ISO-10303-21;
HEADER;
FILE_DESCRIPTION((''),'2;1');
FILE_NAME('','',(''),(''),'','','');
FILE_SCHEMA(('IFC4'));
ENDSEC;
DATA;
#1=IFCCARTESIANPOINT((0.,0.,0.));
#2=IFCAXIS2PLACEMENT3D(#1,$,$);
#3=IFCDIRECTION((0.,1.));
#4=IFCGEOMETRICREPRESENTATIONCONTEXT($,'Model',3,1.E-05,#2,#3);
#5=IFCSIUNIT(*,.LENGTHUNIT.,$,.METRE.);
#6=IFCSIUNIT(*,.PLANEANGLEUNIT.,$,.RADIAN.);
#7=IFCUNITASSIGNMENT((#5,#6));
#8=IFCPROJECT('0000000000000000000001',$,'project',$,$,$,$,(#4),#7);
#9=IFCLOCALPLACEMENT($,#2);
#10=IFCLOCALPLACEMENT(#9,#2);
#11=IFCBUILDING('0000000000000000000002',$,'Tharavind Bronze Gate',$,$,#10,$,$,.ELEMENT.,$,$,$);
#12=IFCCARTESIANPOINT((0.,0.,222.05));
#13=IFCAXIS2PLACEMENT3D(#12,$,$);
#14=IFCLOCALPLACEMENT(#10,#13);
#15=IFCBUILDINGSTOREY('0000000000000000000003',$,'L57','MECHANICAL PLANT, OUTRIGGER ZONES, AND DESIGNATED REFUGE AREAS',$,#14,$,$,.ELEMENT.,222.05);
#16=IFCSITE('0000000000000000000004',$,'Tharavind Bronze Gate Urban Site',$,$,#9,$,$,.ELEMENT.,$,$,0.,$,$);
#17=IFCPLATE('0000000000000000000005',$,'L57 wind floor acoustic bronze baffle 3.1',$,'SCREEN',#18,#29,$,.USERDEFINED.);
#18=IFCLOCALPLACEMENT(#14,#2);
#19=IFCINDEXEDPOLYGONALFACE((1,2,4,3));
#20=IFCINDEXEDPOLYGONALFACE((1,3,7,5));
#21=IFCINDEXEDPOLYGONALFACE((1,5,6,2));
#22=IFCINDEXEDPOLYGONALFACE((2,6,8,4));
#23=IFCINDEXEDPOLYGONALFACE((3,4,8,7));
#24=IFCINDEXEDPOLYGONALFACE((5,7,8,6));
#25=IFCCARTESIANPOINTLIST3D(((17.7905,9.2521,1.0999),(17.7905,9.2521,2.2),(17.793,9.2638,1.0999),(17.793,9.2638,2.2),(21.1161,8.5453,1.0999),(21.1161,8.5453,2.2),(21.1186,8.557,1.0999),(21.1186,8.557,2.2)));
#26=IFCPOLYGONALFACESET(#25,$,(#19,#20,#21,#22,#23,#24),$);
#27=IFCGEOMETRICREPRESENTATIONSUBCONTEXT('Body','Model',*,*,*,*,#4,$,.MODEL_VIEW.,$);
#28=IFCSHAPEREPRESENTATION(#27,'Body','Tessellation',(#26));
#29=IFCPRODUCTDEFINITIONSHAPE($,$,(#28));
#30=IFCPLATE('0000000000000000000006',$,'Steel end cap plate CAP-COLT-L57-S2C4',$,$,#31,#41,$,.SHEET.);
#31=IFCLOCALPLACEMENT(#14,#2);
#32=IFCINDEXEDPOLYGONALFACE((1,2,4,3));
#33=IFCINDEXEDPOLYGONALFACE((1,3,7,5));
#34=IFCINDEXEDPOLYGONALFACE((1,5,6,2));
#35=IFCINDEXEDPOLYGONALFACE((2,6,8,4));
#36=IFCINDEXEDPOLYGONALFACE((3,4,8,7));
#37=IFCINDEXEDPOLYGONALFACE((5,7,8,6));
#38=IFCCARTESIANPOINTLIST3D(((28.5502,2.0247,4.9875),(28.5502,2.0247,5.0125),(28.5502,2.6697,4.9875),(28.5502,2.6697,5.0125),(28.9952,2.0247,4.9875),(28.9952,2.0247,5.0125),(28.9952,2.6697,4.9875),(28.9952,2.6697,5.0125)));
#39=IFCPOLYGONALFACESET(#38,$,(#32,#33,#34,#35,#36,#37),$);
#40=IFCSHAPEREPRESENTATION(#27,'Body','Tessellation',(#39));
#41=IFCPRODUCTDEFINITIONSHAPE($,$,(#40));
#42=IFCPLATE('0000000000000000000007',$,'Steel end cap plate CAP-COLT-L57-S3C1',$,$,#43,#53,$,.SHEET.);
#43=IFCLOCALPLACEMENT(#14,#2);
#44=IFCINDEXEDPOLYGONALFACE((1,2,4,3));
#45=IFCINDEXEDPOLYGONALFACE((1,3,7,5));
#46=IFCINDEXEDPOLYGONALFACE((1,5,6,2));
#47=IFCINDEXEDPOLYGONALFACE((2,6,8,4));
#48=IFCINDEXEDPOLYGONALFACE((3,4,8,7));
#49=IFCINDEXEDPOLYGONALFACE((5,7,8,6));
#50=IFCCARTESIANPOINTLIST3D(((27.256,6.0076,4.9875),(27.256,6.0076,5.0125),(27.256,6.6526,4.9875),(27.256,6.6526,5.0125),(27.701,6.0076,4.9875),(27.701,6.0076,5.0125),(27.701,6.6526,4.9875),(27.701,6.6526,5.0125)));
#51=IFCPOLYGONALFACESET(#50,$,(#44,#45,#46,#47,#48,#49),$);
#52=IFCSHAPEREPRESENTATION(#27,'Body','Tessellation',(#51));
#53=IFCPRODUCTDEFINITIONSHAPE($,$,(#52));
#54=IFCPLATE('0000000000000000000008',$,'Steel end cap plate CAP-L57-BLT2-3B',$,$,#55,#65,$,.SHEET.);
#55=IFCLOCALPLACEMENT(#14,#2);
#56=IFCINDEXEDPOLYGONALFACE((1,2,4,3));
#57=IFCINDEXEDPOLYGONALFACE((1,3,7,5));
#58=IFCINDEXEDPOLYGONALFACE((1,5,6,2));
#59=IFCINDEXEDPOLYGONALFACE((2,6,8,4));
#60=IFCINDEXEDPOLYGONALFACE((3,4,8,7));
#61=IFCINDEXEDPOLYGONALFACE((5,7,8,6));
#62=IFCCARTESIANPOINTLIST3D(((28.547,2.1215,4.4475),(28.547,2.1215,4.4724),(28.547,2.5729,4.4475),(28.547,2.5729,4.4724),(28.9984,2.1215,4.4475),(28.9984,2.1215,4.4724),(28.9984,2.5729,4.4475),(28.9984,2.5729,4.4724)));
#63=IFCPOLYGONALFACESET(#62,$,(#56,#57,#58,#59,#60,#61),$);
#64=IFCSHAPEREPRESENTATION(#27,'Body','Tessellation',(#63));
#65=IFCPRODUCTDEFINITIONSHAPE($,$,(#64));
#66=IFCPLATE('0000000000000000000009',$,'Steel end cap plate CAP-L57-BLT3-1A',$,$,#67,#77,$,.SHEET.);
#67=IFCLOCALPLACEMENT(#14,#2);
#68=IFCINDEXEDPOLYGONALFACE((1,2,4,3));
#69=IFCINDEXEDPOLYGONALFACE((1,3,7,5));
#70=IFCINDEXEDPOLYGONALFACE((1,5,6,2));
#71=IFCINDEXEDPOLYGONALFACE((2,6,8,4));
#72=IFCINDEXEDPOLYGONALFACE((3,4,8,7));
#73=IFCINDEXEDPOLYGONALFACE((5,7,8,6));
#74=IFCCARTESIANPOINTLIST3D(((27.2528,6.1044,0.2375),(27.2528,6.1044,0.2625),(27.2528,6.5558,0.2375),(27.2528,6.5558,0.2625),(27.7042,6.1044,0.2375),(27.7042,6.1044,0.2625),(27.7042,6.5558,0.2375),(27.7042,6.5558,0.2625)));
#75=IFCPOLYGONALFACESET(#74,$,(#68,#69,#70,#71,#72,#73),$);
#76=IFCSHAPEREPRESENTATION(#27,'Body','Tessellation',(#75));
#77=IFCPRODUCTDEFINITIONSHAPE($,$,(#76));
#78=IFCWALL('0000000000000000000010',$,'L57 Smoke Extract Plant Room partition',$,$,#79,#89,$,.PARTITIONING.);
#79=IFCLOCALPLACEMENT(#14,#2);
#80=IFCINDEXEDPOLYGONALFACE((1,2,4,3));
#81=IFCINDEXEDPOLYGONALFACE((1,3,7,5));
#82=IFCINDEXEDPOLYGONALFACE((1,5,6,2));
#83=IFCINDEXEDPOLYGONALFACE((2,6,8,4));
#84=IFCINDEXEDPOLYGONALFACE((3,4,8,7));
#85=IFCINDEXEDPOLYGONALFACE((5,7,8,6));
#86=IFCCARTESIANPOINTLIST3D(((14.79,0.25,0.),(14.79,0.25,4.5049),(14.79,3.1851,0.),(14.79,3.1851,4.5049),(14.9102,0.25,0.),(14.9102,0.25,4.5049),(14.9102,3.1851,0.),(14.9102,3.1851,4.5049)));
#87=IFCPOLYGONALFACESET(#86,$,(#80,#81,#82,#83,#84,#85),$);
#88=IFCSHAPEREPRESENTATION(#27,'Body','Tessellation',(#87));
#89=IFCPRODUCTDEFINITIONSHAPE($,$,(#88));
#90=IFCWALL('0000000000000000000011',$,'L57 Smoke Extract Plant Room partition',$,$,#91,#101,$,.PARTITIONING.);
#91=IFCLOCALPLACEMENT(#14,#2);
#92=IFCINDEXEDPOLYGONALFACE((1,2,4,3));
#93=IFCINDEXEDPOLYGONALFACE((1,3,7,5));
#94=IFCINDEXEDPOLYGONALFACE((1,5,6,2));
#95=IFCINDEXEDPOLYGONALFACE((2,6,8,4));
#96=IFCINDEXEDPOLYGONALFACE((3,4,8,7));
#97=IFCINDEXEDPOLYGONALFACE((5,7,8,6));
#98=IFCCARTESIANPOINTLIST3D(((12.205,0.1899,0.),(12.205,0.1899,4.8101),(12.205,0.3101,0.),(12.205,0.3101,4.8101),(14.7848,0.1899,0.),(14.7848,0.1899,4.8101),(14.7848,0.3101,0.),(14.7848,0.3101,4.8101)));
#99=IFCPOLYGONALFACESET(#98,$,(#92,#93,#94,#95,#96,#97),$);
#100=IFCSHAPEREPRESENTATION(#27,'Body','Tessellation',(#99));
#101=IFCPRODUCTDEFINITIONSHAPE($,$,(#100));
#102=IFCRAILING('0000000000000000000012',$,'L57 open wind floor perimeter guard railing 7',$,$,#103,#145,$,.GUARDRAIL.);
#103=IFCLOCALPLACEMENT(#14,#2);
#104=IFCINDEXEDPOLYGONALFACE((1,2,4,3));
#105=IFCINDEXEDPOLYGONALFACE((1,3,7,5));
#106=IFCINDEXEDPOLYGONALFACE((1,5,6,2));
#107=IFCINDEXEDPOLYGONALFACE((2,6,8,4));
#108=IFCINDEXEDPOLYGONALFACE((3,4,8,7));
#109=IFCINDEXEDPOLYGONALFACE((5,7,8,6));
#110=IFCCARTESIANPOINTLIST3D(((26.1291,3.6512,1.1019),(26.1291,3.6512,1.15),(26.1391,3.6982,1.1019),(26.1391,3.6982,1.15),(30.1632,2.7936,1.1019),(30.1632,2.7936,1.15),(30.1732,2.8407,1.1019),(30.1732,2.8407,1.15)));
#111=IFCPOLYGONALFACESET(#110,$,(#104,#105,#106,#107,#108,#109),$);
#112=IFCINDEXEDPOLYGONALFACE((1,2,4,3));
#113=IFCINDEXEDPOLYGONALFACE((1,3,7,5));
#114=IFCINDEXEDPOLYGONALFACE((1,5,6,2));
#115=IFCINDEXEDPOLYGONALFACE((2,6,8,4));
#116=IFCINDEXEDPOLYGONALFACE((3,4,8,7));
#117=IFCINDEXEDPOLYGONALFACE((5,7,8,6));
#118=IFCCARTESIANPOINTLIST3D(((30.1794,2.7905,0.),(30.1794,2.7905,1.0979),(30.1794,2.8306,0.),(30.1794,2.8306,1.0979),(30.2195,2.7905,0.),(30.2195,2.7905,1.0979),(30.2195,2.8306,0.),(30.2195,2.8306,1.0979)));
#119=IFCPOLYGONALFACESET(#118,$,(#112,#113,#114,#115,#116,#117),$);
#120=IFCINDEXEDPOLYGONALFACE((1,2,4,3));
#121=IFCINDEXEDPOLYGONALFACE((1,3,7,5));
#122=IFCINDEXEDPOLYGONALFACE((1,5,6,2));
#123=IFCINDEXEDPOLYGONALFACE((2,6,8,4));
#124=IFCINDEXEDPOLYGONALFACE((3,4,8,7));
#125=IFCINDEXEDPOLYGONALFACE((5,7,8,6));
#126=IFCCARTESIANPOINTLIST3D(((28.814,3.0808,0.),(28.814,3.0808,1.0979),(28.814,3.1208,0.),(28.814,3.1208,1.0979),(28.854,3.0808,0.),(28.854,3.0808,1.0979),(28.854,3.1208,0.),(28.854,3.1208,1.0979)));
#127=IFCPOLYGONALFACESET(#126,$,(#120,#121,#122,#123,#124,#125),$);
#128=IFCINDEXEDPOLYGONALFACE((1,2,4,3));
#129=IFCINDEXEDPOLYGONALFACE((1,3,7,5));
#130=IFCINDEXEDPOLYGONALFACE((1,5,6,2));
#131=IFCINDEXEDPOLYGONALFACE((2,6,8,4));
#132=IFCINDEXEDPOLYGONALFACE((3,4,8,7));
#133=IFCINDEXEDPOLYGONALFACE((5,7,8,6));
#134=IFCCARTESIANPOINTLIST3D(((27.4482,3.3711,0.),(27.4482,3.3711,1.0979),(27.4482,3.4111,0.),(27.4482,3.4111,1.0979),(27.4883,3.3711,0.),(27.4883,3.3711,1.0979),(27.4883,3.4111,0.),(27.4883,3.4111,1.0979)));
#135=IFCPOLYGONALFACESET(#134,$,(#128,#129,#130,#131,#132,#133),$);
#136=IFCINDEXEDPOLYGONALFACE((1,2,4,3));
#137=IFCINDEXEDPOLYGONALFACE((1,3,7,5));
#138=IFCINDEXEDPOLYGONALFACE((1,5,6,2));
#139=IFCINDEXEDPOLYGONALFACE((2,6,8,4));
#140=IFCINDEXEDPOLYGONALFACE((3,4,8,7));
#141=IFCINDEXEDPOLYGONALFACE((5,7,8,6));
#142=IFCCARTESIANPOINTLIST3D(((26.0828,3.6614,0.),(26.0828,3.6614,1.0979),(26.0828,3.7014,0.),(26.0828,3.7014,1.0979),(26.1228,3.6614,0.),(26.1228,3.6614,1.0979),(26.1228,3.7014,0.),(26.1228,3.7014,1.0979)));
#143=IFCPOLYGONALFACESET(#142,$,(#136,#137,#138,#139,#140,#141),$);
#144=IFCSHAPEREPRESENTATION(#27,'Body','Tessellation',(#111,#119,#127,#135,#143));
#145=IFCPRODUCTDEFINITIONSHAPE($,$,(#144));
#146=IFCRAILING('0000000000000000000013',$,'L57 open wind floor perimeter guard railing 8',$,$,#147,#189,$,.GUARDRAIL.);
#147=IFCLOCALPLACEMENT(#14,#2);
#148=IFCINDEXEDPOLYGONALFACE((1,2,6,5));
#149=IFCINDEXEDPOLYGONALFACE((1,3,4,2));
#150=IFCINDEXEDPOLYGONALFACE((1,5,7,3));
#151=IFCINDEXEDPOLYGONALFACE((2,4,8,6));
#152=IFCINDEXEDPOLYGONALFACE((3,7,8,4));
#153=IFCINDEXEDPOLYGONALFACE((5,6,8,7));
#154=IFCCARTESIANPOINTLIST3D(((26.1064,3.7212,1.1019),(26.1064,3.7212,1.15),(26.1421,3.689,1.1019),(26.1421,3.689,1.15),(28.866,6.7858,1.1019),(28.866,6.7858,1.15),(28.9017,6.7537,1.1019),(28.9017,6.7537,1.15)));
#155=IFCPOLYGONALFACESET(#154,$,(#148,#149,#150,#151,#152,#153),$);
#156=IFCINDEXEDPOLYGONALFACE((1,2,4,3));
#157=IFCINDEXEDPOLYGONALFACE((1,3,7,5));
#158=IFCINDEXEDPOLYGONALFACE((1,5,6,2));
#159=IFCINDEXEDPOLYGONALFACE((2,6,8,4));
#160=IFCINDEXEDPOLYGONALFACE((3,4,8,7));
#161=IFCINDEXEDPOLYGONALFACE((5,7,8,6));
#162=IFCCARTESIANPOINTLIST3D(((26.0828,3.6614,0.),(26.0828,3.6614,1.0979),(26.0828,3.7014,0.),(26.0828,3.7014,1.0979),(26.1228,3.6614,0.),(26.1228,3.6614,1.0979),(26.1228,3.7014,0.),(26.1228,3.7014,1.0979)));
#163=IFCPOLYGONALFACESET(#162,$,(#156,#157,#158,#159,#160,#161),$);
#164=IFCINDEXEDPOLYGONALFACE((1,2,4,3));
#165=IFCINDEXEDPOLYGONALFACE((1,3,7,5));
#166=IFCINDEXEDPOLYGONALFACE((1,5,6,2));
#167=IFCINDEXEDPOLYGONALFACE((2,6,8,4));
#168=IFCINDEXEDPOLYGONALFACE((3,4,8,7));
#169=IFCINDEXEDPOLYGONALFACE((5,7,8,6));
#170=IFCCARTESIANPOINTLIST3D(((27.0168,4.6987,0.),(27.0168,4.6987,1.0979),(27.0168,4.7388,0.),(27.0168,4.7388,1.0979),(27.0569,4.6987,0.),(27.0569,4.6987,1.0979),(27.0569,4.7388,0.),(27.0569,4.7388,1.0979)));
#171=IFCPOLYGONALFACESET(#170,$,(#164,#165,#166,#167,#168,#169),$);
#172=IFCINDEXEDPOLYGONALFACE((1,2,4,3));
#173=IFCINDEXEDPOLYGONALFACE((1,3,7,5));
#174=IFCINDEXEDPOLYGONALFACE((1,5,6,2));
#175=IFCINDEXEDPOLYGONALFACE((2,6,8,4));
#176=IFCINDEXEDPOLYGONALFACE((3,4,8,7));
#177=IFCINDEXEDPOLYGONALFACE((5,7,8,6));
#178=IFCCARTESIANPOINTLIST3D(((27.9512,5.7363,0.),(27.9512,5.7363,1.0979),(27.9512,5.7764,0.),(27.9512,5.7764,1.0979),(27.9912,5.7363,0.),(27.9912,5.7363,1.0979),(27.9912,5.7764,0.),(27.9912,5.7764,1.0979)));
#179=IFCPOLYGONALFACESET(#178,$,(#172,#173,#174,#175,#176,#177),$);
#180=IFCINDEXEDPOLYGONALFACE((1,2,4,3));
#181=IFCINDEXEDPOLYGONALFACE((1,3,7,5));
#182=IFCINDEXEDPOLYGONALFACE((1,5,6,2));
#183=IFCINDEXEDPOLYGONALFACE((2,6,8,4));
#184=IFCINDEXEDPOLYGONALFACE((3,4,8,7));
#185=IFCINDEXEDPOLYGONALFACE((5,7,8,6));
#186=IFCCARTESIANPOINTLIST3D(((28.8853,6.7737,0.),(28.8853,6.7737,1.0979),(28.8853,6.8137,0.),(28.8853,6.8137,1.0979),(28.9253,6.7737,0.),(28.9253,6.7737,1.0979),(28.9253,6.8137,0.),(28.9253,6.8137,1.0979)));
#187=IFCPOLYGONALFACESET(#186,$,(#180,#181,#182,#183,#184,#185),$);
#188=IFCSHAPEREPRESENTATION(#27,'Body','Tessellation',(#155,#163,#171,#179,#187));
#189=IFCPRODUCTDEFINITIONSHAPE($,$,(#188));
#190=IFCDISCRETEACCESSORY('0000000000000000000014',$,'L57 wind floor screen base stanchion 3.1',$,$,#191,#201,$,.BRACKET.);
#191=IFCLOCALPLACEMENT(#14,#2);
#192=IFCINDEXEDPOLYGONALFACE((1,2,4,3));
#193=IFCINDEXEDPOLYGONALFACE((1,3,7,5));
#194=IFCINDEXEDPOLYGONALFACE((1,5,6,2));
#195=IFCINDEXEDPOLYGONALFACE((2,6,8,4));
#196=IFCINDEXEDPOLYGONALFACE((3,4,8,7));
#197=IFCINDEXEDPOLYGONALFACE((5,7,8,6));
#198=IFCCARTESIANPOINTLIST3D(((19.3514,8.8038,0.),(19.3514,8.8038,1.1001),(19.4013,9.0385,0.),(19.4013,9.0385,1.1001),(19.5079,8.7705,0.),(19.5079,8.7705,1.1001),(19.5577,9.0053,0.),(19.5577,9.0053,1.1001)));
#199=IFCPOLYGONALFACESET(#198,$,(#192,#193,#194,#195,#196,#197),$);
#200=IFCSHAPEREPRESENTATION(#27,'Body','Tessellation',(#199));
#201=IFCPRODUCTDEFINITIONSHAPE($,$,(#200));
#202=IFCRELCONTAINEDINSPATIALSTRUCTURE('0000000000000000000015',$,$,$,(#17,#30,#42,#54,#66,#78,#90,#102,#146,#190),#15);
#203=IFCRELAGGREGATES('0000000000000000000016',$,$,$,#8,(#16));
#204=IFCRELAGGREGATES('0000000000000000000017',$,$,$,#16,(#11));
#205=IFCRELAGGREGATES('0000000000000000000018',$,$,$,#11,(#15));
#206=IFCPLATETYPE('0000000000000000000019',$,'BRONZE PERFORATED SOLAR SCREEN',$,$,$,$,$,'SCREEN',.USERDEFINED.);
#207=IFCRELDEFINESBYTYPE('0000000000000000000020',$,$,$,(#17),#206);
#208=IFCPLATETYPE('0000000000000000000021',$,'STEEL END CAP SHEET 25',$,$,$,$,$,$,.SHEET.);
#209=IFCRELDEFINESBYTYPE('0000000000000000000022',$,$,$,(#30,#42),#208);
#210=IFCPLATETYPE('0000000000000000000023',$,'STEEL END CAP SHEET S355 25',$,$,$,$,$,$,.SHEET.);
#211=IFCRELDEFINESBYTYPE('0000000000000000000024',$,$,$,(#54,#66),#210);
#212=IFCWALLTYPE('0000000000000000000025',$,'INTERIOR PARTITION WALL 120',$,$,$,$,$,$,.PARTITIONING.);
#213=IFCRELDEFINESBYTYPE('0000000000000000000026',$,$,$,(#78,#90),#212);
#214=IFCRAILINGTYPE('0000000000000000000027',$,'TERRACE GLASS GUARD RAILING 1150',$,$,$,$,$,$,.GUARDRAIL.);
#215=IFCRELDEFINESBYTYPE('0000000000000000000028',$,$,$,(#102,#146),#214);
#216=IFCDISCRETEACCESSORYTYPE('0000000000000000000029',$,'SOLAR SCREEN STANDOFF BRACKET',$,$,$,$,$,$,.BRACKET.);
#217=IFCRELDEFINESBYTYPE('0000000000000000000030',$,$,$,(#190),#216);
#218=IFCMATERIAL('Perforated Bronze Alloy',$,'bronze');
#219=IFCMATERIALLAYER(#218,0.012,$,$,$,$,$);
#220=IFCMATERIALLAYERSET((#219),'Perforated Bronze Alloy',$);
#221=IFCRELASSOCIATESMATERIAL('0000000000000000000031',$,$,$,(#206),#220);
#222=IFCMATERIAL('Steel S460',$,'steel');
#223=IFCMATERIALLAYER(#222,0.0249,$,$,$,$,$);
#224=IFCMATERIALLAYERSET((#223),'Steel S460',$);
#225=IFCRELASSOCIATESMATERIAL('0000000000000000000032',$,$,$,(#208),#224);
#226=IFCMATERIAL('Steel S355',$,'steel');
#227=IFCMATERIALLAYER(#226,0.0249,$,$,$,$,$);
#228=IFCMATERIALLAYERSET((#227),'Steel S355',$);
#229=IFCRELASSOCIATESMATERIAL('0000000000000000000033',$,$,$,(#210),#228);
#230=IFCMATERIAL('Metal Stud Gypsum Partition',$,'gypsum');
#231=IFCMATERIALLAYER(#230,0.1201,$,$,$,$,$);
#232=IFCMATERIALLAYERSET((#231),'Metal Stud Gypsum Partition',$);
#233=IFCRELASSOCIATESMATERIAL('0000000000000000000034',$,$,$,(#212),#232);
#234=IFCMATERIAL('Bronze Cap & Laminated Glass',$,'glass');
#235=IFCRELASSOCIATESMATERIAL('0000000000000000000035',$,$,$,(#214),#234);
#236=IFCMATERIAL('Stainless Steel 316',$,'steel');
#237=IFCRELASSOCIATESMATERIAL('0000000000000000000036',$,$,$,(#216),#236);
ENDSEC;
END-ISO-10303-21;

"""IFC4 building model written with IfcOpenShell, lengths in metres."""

from ifc_helpers import new_model, si_unit, direction, frame, frame_2d, origin, origin_2d, place, context, subcontext, project, spatial, rectangle, extrude, material, layer, layer_set, type_object, element, save


model = new_model("IFC4")

# Units and contexts
model_context = context("Model", 3, precision=1e-05, world=origin(), true_north=direction((0.0, 1.0)))
body_context = subcontext(model_context, "Body", "Model", "MODEL_VIEW")
ifc_project = project(units=[si_unit("LENGTHUNIT", "METRE"), si_unit("PLANEANGLEUNIT", "RADIAN")], contexts=[model_context])

# Site, building, storey
site_placement = place(None, origin())
site = spatial("IfcSite", under=ifc_project, at=site_placement, Name="Tharavind Bronze Gate Urban Site", CompositionType="ELEMENT", RefElevation=0.0)
building_placement = place(site_placement, origin())
building = spatial("IfcBuilding", under=site, at=building_placement, Name="Tharavind Bronze Gate", CompositionType="ELEMENT")
storey_placement = place(building_placement, frame((0.0, 0.0, 222.05)))
storey = spatial("IfcBuildingStorey", under=building, at=storey_placement, Name="L57", Description="MECHANICAL PLANT, OUTRIGGER ZONES, AND DESIGNATED REFUGE AREAS", CompositionType="ELEMENT", Elevation=222.05)

# Shared definitions
ifc_material_1 = material(Name="Steel S460", Category="steel")

# Shared definitions
ifc_material_2 = material(Name="Steel S355", Category="steel")

# Plates
ifc_material_3 = material(Name="Perforated Bronze Alloy", Category="bronze")
ifc_layer_1 = layer(ifc_material_3, 0.012)
ifc_layer_set_1 = layer_set([ifc_layer_1], Name="Perforated Bronze Alloy")
plate_type_1 = type_object("IfcPlateType", Name="BRONZE PERFORATED SOLAR SCREEN", ElementType="SCREEN", PredefinedType="USERDEFINED", material=ifc_layer_set_1)
plate_placement = place(storey_placement, frame((19.4546, 8.9045, 1.0999), z_axis=(0.0, 0.0, 1.0), x_axis=(-0.978148, 0.207912, 0.0)))
element("IfcPlate", 1, at=plate_placement, inside=storey, type_object=plate_type_1, Name="L57 wind floor acoustic bronze baffle 3.1", ObjectType="SCREEN", PredefinedType="USERDEFINED", context=body_context, shape_type="SweptSolid", body=[
    extrude(rectangle(XDim=3.3999, YDim=0.012, at=origin_2d()), origin(), (0.0, 0.0, 1.0), 1.1001),
])
ifc_layer_2 = layer(ifc_material_1, 0.0249)
ifc_layer_set_2 = layer_set([ifc_layer_2], Name="Steel S460")
plate_type_2 = type_object("IfcPlateType", Name="STEEL END CAP SHEET 25", PredefinedType="SHEET", material=ifc_layer_set_2)
for number, where, z_axis, x_axis, name in (
    (2, (28.7727, 2.3472, 4.9875), (0.0, 0.0, 1.0), (1.0, 0.0, 0.0), "Steel end cap plate CAP-COLT-L57-S2C4"),
    (3, (27.4785, 6.3301, 4.9875), (0.0, 0.0, 1.0), (1.0, 0.0, 0.0), "Steel end cap plate CAP-COLT-L57-S3C1"),
):
    element("IfcPlate", number, at=place(storey_placement, frame(where, z_axis=z_axis, x_axis=x_axis)), inside=storey, type_object=plate_type_2, Name=name, PredefinedType="SHEET", context=body_context, shape_type="SweptSolid", body=[
        extrude(rectangle(XDim=0.4451, YDim=0.645, at=origin_2d()), origin(), (0.0, 0.0, 1.0), 0.0249),
    ])
ifc_layer_3 = layer(ifc_material_2, 0.0249)
ifc_layer_set_3 = layer_set([ifc_layer_3], Name="Steel S355")
plate_type_3 = type_object("IfcPlateType", Name="STEEL END CAP SHEET S355 25", PredefinedType="SHEET", material=ifc_layer_set_3)
for number, where, z_axis, x_axis, name in (
    (4, (28.7727, 2.3472, 4.4475), (0.0, 0.0, 1.0), (1.0, 0.0, 0.0), "Steel end cap plate CAP-L57-BLT2-3B"),
    (5, (27.4785, 6.3301, 0.2375), (0.0, 0.0, 1.0), (1.0, 0.0, 0.0), "Steel end cap plate CAP-L57-BLT3-1A"),
):
    element("IfcPlate", number, at=place(storey_placement, frame(where, z_axis=z_axis, x_axis=x_axis)), inside=storey, type_object=plate_type_3, Name=name, PredefinedType="SHEET", context=body_context, shape_type="SweptSolid", body=[
        extrude(rectangle(XDim=0.4514, YDim=0.4514, at=origin_2d()), origin(), (0.0, 0.0, 1.0), 0.0249),
    ])

# Walls
ifc_material_4 = material(Name="Metal Stud Gypsum Partition", Category="gypsum")
ifc_layer_4 = layer(ifc_material_4, 0.1201)
ifc_layer_set_4 = layer_set([ifc_layer_4], Name="Metal Stud Gypsum Partition")
wall_type = type_object("IfcWallType", Name="INTERIOR PARTITION WALL 120", PredefinedType="PARTITIONING", material=ifc_layer_set_4)
wall_1_placement = place(storey_placement, frame((14.8501, 3.1851, 0.0), z_axis=(0.0, 0.0, 1.0), x_axis=(0.0, -1.0, 0.0)))
element("IfcWall", 6, at=wall_1_placement, inside=storey, type_object=wall_type, Name="L57 Smoke Extract Plant Room partition", PredefinedType="PARTITIONING", context=body_context, shape_type="SweptSolid", body=[
    extrude(rectangle(XDim=2.9351, YDim=0.1201, at=frame_2d((1.4675, 0.0))), origin(), (0.0, 0.0, 1.0), 4.5049),
])
wall_2_placement = place(storey_placement, frame((14.7849, 0.25, 0.0), z_axis=(0.0, 0.0, 1.0), x_axis=(-1.0, 0.0, 0.0)))
element("IfcWall", 7, at=wall_2_placement, inside=storey, type_object=wall_type, Name="L57 Smoke Extract Plant Room partition", PredefinedType="PARTITIONING", context=body_context, shape_type="SweptSolid", body=[
    extrude(rectangle(XDim=2.5798, YDim=0.1201, at=frame_2d((1.29, 0.0))), origin(), (0.0, 0.0, 1.0), 4.8101),
])

# Railings
ifc_material_5 = material(Name="Bronze Cap & Laminated Glass", Category="glass")
railing_type = type_object("IfcRailingType", Name="TERRACE GLASS GUARD RAILING 1150", PredefinedType="GUARDRAIL", material=ifc_material_5)
railing_1_placement = place(storey_placement, frame((30.1995, 2.8105, 0.0)))
element("IfcRailing", 8, at=railing_1_placement, inside=storey, type_object=railing_type, Name="L57 open wind floor perimeter guard railing 7", PredefinedType="GUARDRAIL", context=body_context, shape_type="SweptSolid", body=[
    extrude(rectangle(XDim=0.0481, YDim=0.0481, at=origin_2d()), frame((-0.0312, 0.0066, 1.126), z_axis=(-0.978144, 0.207928, 0.0), x_axis=(-0.207928, -0.978144, 0.0)), (0.0, 0.0, 1.0), 4.1243),
    extrude(rectangle(XDim=0.04, YDim=0.04, at=origin_2d()), origin(), (0.0, 0.0, 1.0), 1.0979),
    extrude(rectangle(XDim=0.04, YDim=0.04, at=origin_2d()), frame((-1.3655, 0.2903, 0.0)), (0.0, 0.0, 1.0), 1.0979),
    extrude(rectangle(XDim=0.04, YDim=0.04, at=origin_2d()), frame((-2.7312, 0.5806, 0.0)), (0.0, 0.0, 1.0), 1.0979),
    extrude(rectangle(XDim=0.04, YDim=0.04, at=origin_2d()), frame((-4.0967, 0.8708, 0.0)), (0.0, 0.0, 1.0), 1.0979),
])
railing_2_placement = place(storey_placement, frame((26.1028, 3.6814, 0.0)))
element("IfcRailing", 9, at=railing_2_placement, inside=storey, type_object=railing_type, Name="L57 open wind floor perimeter guard railing 8", PredefinedType="GUARDRAIL", context=body_context, shape_type="SweptSolid", body=[
    extrude(rectangle(XDim=0.0481, YDim=0.0481, at=origin_2d()), frame((0.0215, 0.0237, 1.126), z_axis=(0.669152, 0.743126, 0.0), x_axis=(-0.743126, 0.669152, 0.0)), (0.0, 0.0, 1.0), 4.124),
    extrude(rectangle(XDim=0.04, YDim=0.04, at=origin_2d()), origin(), (0.0, 0.0, 1.0), 1.0979),
    extrude(rectangle(XDim=0.04, YDim=0.04, at=origin_2d()), frame((0.9341, 1.0374, 0.0)), (0.0, 0.0, 1.0), 1.0979),
    extrude(rectangle(XDim=0.04, YDim=0.04, at=origin_2d()), frame((1.8684, 2.075, 0.0)), (0.0, 0.0, 1.0), 1.0979),
    extrude(rectangle(XDim=0.04, YDim=0.04, at=origin_2d()), frame((2.8025, 3.1123, 0.0)), (0.0, 0.0, 1.0), 1.0979),
])

# Discrete accessory
ifc_material_6 = material(Name="Stainless Steel 316", Category="steel")
discrete_accessory_type = type_object("IfcDiscreteAccessoryType", Name="SOLAR SCREEN STANDOFF BRACKET", PredefinedType="BRACKET", material=ifc_material_6)
discrete_accessory_placement = place(storey_placement, frame((19.4546, 8.9045, 0.0), z_axis=(0.0, 0.0, 1.0), x_axis=(-0.978148, 0.207912, 0.0)))
element("IfcDiscreteAccessory", 10, at=discrete_accessory_placement, inside=storey, type_object=discrete_accessory_type, Name="L57 wind floor screen base stanchion 3.1", PredefinedType="BRACKET", context=body_context, shape_type="SweptSolid", body=[
    extrude(rectangle(XDim=0.1599, YDim=0.24, at=origin_2d()), origin(), (0.0, 0.0, 1.0), 1.1001),
])

save(model, "model.ifc")
